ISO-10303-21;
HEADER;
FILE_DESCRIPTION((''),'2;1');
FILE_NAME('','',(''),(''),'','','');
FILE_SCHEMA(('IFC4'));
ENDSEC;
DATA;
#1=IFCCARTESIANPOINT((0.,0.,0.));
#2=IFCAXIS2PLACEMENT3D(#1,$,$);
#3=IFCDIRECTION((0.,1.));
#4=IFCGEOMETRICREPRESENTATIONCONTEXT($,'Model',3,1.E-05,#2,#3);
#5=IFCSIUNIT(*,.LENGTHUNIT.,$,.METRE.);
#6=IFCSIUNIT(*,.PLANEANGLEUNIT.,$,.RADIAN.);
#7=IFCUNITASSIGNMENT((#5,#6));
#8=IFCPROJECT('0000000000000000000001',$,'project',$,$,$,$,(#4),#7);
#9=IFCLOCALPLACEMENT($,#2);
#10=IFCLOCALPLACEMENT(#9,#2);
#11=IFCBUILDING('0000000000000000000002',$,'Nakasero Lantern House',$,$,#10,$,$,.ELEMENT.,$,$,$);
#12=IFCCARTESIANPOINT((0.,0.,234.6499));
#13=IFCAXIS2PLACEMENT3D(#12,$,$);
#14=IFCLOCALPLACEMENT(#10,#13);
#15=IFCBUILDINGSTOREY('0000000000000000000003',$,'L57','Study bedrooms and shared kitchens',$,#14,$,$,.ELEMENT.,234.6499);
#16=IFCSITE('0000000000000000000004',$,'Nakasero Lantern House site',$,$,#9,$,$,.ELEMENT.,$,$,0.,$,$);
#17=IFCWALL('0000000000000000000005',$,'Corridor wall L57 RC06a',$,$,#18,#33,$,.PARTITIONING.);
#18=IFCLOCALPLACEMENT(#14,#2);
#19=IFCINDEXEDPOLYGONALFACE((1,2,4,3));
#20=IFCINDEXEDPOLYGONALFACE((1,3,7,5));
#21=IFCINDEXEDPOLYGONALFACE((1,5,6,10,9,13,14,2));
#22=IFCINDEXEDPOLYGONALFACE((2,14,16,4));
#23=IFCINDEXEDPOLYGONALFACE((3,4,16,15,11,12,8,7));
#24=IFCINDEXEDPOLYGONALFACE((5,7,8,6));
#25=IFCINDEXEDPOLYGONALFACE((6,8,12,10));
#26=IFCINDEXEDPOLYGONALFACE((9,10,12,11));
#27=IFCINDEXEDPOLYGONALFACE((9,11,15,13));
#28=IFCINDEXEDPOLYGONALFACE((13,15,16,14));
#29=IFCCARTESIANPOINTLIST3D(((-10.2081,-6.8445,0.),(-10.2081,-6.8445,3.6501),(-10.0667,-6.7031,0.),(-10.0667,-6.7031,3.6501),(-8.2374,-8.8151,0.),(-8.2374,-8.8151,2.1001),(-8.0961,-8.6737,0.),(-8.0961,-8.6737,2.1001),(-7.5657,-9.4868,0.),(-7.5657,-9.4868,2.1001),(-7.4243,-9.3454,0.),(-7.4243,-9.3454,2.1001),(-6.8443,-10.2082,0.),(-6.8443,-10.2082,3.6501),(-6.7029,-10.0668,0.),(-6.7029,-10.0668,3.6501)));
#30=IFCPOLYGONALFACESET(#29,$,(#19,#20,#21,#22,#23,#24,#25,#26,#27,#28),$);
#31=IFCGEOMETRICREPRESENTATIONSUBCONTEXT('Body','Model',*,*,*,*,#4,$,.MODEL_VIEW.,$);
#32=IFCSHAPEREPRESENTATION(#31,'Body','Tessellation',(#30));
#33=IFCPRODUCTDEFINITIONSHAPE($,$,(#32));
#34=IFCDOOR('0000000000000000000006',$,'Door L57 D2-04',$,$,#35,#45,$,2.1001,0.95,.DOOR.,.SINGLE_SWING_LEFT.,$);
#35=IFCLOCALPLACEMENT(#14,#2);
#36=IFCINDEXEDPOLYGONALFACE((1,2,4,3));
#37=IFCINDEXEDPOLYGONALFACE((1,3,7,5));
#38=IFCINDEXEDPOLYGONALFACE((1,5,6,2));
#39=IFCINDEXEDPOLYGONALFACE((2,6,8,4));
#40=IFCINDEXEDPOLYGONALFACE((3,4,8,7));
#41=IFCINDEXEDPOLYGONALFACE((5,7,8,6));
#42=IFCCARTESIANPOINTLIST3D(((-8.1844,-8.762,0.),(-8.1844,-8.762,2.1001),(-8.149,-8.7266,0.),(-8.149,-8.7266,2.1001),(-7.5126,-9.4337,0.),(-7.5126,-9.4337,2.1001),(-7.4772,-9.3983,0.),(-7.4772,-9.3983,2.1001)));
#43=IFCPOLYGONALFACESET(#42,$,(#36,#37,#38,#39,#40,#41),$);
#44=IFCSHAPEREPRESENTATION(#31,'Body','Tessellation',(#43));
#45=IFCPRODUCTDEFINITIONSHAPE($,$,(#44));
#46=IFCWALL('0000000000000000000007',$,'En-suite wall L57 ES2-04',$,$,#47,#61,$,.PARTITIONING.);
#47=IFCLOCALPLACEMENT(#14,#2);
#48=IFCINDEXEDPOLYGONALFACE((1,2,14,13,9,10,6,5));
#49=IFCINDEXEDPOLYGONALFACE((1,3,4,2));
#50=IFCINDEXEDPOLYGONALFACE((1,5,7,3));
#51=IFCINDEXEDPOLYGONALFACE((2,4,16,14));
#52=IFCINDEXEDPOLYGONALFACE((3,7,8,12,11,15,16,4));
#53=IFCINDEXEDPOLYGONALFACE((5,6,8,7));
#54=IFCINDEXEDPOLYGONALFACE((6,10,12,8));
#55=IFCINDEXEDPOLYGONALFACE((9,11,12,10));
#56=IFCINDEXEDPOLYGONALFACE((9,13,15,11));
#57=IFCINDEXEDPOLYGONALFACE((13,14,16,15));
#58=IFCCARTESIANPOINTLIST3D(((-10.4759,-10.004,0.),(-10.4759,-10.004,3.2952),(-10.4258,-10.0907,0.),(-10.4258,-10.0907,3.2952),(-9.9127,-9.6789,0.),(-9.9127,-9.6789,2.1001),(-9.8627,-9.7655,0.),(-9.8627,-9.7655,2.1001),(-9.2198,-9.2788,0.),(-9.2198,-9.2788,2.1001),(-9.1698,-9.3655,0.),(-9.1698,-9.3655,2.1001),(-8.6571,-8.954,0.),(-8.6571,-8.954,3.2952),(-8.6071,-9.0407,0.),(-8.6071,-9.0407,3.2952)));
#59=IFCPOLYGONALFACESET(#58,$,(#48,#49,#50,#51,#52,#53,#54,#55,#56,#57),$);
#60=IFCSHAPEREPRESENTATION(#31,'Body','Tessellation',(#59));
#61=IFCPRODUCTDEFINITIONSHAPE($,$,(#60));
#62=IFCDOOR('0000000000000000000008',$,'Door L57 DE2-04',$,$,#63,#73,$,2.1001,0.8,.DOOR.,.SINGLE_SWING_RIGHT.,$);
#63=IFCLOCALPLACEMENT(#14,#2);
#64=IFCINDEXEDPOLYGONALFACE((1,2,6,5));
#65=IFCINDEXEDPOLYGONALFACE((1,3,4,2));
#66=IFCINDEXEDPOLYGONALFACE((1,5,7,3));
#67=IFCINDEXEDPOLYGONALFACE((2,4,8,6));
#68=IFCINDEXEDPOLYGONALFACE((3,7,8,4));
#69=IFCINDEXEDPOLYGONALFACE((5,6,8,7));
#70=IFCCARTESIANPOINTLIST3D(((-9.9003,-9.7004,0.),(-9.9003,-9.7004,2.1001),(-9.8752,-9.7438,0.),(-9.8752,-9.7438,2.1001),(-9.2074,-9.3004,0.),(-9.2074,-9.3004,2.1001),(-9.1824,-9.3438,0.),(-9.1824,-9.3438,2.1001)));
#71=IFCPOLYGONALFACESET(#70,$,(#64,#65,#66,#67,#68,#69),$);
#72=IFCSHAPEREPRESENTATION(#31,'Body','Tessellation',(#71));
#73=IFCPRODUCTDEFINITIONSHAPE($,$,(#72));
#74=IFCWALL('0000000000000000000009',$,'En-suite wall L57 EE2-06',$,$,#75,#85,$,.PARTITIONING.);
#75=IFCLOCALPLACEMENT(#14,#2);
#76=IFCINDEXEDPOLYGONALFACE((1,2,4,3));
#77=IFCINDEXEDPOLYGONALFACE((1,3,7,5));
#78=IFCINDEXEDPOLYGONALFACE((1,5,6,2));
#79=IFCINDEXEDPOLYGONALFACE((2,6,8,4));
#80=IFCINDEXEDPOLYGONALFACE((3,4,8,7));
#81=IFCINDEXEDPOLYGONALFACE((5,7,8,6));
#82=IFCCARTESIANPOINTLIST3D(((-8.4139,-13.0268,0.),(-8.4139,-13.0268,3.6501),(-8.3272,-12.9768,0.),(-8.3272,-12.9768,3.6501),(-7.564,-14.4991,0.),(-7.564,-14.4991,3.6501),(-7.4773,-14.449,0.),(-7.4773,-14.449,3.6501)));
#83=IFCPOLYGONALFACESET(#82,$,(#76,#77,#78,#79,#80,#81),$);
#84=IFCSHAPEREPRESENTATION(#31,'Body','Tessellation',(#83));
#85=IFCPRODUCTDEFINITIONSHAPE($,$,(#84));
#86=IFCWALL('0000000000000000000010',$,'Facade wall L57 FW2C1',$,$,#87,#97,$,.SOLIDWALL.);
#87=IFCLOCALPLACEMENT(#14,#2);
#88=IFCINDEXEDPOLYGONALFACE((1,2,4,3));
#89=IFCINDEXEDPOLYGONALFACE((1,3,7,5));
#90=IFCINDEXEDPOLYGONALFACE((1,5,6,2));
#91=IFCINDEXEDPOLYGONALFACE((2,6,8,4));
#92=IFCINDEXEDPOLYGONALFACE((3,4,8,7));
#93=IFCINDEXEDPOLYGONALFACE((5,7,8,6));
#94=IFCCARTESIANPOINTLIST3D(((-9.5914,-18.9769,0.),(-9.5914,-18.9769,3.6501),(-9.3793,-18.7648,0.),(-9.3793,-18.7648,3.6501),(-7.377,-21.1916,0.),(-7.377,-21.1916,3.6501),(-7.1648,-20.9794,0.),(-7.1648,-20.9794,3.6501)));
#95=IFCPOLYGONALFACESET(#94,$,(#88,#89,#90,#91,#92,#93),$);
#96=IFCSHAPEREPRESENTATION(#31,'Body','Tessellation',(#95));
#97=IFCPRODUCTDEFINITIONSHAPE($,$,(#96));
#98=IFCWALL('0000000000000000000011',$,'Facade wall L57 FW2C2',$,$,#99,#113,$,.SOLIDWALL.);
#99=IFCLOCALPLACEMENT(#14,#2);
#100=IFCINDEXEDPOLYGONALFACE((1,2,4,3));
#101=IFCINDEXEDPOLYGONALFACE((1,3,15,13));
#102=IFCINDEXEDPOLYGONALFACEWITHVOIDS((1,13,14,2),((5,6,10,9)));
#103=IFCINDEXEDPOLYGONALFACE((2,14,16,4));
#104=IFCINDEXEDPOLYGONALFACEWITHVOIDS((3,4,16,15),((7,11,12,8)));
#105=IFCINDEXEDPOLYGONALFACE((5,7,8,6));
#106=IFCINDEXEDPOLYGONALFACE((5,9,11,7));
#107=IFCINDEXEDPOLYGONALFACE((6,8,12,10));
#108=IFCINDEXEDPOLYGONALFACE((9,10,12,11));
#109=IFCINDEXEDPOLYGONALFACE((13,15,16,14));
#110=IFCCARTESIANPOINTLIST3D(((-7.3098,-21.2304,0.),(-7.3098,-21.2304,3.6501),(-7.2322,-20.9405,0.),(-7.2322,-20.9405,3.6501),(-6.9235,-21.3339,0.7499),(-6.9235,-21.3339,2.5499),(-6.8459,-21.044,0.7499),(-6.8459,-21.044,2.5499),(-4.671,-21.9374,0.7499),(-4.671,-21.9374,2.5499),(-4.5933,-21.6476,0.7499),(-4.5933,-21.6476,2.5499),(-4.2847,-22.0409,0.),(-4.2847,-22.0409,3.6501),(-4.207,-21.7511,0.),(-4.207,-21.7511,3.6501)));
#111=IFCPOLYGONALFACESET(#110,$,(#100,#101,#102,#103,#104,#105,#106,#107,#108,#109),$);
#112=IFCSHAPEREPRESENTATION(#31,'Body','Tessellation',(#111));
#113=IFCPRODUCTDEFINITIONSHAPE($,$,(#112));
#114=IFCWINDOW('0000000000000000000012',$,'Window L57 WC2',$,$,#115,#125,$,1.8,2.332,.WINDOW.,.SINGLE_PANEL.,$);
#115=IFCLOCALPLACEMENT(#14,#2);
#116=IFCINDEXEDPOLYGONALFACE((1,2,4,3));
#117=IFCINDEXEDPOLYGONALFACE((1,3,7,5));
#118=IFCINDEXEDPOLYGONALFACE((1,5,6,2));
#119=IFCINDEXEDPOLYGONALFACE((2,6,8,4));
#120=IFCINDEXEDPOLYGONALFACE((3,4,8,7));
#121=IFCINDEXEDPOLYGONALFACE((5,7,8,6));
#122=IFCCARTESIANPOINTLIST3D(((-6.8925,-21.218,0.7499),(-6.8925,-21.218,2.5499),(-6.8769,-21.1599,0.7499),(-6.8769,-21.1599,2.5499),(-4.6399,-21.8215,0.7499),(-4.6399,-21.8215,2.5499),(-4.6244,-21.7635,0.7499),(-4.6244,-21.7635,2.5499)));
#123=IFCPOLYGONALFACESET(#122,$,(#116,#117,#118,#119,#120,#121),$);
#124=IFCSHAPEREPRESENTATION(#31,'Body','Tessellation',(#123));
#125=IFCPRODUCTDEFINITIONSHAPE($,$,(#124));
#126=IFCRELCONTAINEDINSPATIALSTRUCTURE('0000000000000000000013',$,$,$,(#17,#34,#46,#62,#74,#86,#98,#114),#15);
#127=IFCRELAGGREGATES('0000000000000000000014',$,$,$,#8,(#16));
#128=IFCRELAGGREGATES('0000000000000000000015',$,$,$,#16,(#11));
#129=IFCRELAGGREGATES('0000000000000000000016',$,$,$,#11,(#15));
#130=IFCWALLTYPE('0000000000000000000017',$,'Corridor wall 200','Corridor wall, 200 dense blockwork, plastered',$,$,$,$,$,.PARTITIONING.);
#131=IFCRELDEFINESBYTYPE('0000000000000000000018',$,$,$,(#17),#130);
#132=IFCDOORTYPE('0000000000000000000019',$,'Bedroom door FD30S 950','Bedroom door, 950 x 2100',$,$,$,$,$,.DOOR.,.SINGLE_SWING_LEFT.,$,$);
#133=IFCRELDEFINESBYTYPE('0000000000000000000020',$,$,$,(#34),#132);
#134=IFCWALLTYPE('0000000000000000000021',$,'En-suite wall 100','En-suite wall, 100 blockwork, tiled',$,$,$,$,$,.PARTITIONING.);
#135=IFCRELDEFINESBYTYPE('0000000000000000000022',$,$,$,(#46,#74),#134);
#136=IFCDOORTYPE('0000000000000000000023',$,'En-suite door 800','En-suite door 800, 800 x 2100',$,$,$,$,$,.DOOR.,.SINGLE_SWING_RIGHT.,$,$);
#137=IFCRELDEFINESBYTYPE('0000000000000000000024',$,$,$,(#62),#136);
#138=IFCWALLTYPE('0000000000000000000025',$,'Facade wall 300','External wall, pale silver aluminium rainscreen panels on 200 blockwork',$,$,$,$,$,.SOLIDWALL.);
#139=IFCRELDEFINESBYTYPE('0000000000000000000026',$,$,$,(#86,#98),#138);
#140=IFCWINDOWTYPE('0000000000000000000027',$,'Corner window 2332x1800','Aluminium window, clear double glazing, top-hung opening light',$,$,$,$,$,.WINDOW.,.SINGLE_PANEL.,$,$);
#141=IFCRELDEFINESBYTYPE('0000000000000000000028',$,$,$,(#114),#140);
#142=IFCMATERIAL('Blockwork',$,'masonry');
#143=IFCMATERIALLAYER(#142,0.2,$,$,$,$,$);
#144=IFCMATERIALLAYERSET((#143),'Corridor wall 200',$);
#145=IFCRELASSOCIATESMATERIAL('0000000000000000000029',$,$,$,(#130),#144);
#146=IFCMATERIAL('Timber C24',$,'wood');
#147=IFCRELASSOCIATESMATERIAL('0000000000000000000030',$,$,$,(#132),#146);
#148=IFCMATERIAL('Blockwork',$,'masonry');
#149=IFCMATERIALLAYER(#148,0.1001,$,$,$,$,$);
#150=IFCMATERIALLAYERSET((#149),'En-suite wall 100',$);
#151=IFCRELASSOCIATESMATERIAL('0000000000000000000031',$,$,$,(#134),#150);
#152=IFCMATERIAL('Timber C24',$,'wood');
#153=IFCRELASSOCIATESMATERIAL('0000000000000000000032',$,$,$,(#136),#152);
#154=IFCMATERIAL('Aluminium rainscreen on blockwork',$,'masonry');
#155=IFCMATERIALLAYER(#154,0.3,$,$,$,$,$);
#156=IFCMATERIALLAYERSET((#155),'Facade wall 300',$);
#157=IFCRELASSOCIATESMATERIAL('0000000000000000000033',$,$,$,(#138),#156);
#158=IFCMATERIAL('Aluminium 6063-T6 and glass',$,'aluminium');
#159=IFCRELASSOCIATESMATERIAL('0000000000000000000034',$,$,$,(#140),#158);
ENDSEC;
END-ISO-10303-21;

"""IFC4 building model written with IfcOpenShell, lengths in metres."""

from ifc_helpers import new_model, si_unit, direction, frame, frame_2d, origin, place, context, subcontext, project, spatial, rectangle, extrude, material, layer, layer_set, type_object, element, fill, save


model = new_model("IFC4")

# Units and contexts
model_context = context("Model", 3, precision=1e-05, world=origin(), true_north=direction((0.0, 1.0)))
body_context = subcontext(model_context, "Body", "Model", "MODEL_VIEW")
ifc_project = project(units=[si_unit("LENGTHUNIT", "METRE"), si_unit("PLANEANGLEUNIT", "RADIAN")], contexts=[model_context])

# Site, building, storey
site_placement = place(None, origin())
site = spatial("IfcSite", under=ifc_project, at=site_placement, Name="Nakasero Lantern House site", CompositionType="ELEMENT", RefElevation=0.0)
building_placement = place(site_placement, origin())
building = spatial("IfcBuilding", under=site, at=building_placement, Name="Nakasero Lantern House", CompositionType="ELEMENT")
storey_placement = place(building_placement, frame((0.0, 0.0, 234.6499)))
storey = spatial("IfcBuildingStorey", under=building, at=storey_placement, Name="L57", Description="Study bedrooms and shared kitchens", CompositionType="ELEMENT", Elevation=234.6499)

# Walls, openings, doors
ifc_material_1 = material(Name="Blockwork", Category="masonry")
ifc_layer_1 = layer(ifc_material_1, 0.2)
ifc_layer_set_1 = layer_set([ifc_layer_1], Name="Corridor wall 200")
wall_type_1 = type_object("IfcWallType", Name="Corridor wall 200", Description="Corridor wall, 200 dense blockwork, plastered", PredefinedType="PARTITIONING", material=ifc_layer_set_1)
wall_1_placement = place(storey_placement, frame((-6.7737, -10.1375, 0.0), z_axis=(0.0, 0.0, 1.0), x_axis=(-0.707107, 0.707107, 0.0)))
wall_1 = element("IfcWall", 1, at=wall_1_placement, inside=storey, type_object=wall_type_1, Name="Corridor wall L57 RC06a", PredefinedType="PARTITIONING", context=body_context, shape_type="SweptSolid", body=[
    extrude(rectangle(XDim=4.7571, YDim=0.2, at=frame_2d((2.3784, 0.0))), origin(), (0.0, 0.0, 1.0), 3.6501),
])
opening_1_placement = place(wall_1_placement, frame((1.02, 0.0, 0.0)))
opening_1 = element("IfcOpeningElement", 2, at=opening_1_placement, cuts=wall_1, PredefinedType="OPENING", context=body_context, shape_type="SweptSolid", body=[
    extrude(rectangle(XDim=0.95, YDim=2.1001, at=frame_2d((0.4751, 1.05))), frame((0.0, 0.1199, 0.0), z_axis=(0.0, -1.0, 0.0), x_axis=(1.0, 0.0, 0.0)), (0.0, 0.0, 1.0), 0.24),
])
ifc_material_2 = material(Name="Timber C24", Category="wood")
door_type_1 = type_object("IfcDoorType", Name="Bedroom door FD30S 950", Description="Bedroom door, 950 x 2100", OperationType="SINGLE_SWING_LEFT", PredefinedType="DOOR", material=ifc_material_2)
door_1_placement = place(opening_1_placement, origin())
door_1 = element("IfcDoor", 3, at=door_1_placement, inside=storey, type_object=door_type_1, Name="Door L57 D2-04", OperationType="SINGLE_SWING_LEFT", OverallHeight=2.1001, OverallWidth=0.95, PredefinedType="DOOR", context=body_context, shape_type="SweptSolid", body=[
    extrude(rectangle(XDim=0.95, YDim=2.1001, at=frame_2d((0.4751, 1.05))), frame((0.0, 0.0249, 0.0), z_axis=(0.0, -1.0, 0.0), x_axis=(1.0, 0.0, 0.0)), (0.0, 0.0, 1.0), 0.05),
])
fill(opening_1, door_1)
ifc_material_3 = material(Name="Blockwork", Category="masonry")
ifc_layer_2 = layer(ifc_material_3, 0.1001)
ifc_layer_set_2 = layer_set([ifc_layer_2], Name="En-suite wall 100")
wall_type_2 = type_object("IfcWallType", Name="En-suite wall 100", Description="En-suite wall, 100 blockwork, tiled", PredefinedType="PARTITIONING", material=ifc_layer_set_2)
wall_2_placement = place(storey_placement, frame((-8.6321, -8.9973, 0.0), z_axis=(0.0, 0.0, 1.0), x_axis=(-0.866038, -0.499977, 0.0)))
wall_2 = element("IfcWall", 4, at=wall_2_placement, inside=storey, type_object=wall_type_2, Name="En-suite wall L57 ES2-04", PredefinedType="PARTITIONING", context=body_context, shape_type="SweptSolid", body=[
    extrude(rectangle(XDim=2.1001, YDim=0.1001, at=frame_2d((1.05, 0.0))), origin(), (0.0, 0.0, 1.0), 3.2952),
])
opening_2_placement = place(wall_2_placement, frame((0.6499, 0.0, 0.0)))
opening_2 = element("IfcOpeningElement", 5, at=opening_2_placement, cuts=wall_2, PredefinedType="OPENING", context=body_context, shape_type="SweptSolid", body=[
    extrude(rectangle(XDim=0.8, YDim=2.1001, at=frame_2d((0.3999, 1.05))), frame((0.0, 0.0701, 0.0), z_axis=(0.0, -1.0, 0.0), x_axis=(1.0, 0.0, 0.0)), (0.0, 0.0, 1.0), 0.1401),
])
ifc_material_4 = material(Name="Timber C24", Category="wood")
door_type_2 = type_object("IfcDoorType", Name="En-suite door 800", Description="En-suite door 800, 800 x 2100", OperationType="SINGLE_SWING_RIGHT", PredefinedType="DOOR", material=ifc_material_4)
door_2_placement = place(opening_2_placement, origin())
door_2 = element("IfcDoor", 6, at=door_2_placement, inside=storey, type_object=door_type_2, Name="Door L57 DE2-04", OperationType="SINGLE_SWING_RIGHT", OverallHeight=2.1001, OverallWidth=0.8, PredefinedType="DOOR", context=body_context, shape_type="SweptSolid", body=[
    extrude(rectangle(XDim=0.8, YDim=2.1001, at=frame_2d((0.3999, 1.05))), frame((0.0, 0.0249, 0.0), z_axis=(0.0, -1.0, 0.0), x_axis=(1.0, 0.0, 0.0)), (0.0, 0.0, 1.0), 0.05),
])
fill(opening_2, door_2)

# Walls
wall_3_placement = place(storey_placement, frame((-8.3706, -13.0017, 0.0), z_axis=(0.0, 0.0, 1.0), x_axis=(0.499955, -0.866052, 0.0)))
element("IfcWall", 7, at=wall_3_placement, inside=storey, type_object=wall_type_2, Name="En-suite wall L57 EE2-06", PredefinedType="PARTITIONING", context=body_context, shape_type="SweptSolid", body=[
    extrude(rectangle(XDim=1.7, YDim=0.1001, at=frame_2d((0.8501, 0.0))), origin(), (0.0, 0.0, 1.0), 3.6501),
])
ifc_material_5 = material(Name="Aluminium rainscreen on blockwork", Category="masonry")
ifc_layer_3 = layer(ifc_material_5, 0.3)
ifc_layer_set_3 = layer_set([ifc_layer_3], Name="Facade wall 300")
wall_type_3 = type_object("IfcWallType", Name="Facade wall 300", Description="External wall, pale silver aluminium rainscreen panels on 200 blockwork", PredefinedType="SOLIDWALL", material=ifc_layer_set_3)
wall_4_placement = place(storey_placement, frame((-9.4854, -18.8708, 0.0), z_axis=(0.0, 0.0, 1.0), x_axis=(0.707068, -0.707146, 0.0)))
element("IfcWall", 8, at=wall_4_placement, inside=storey, type_object=wall_type_3, Name="Facade wall L57 FW2C1", PredefinedType="SOLIDWALL", context=body_context, shape_type="SweptSolid", body=[
    extrude(rectangle(XDim=3.1318, YDim=0.3, at=frame_2d((1.5659, 0.0))), origin(), (0.0, 0.0, 1.0), 3.6501),
])

# Wall, opening, window
wall_5_placement = place(storey_placement, frame((-7.271, -21.0854, 0.0), z_axis=(0.0, 0.0, 1.0), x_axis=(0.965929, -0.258808, 0.0)))
wall_5 = element("IfcWall", 9, at=wall_5_placement, inside=storey, type_object=wall_type_3, Name="Facade wall L57 FW2C2", PredefinedType="SOLIDWALL", context=body_context, shape_type="SweptSolid", body=[
    extrude(rectangle(XDim=3.1318, YDim=0.3, at=frame_2d((1.5659, 0.0))), origin(), (0.0, 0.0, 1.0), 3.6501),
])
opening_3_placement = place(wall_5_placement, frame((0.3999, 0.0, 0.75)))
opening_3 = element("IfcOpeningElement", 10, at=opening_3_placement, cuts=wall_5, PredefinedType="OPENING", context=body_context, shape_type="SweptSolid", body=[
    extrude(rectangle(XDim=2.332, YDim=1.8, at=frame_2d((1.166, 0.8999))), frame((0.0, 0.1699, 0.0), z_axis=(0.0, -1.0, 0.0), x_axis=(1.0, 0.0, 0.0)), (0.0, 0.0, 1.0), 0.3401),
])
ifc_material_6 = material(Name="Aluminium 6063-T6 and glass", Category="aluminium")
window_type = type_object("IfcWindowType", Name="Corner window 2332x1800", Description="Aluminium window, clear double glazing, top-hung opening light", PartitioningType="SINGLE_PANEL", PredefinedType="WINDOW", material=ifc_material_6)
window_placement = place(opening_3_placement, origin())
window = element("IfcWindow", 11, at=window_placement, inside=storey, type_object=window_type, Name="Window L57 WC2", OverallHeight=1.8, OverallWidth=2.332, PartitioningType="SINGLE_PANEL", PredefinedType="WINDOW", context=body_context, shape_type="SweptSolid", body=[
    extrude(rectangle(XDim=2.332, YDim=1.8, at=frame_2d((1.166, 0.8999))), frame((0.0, 0.03, 0.0), z_axis=(0.0, -1.0, 0.0), x_axis=(1.0, 0.0, 0.0)), (0.0, 0.0, 1.0), 0.0601),
])
fill(opening_3, window)

save(model, "model.ifc")
